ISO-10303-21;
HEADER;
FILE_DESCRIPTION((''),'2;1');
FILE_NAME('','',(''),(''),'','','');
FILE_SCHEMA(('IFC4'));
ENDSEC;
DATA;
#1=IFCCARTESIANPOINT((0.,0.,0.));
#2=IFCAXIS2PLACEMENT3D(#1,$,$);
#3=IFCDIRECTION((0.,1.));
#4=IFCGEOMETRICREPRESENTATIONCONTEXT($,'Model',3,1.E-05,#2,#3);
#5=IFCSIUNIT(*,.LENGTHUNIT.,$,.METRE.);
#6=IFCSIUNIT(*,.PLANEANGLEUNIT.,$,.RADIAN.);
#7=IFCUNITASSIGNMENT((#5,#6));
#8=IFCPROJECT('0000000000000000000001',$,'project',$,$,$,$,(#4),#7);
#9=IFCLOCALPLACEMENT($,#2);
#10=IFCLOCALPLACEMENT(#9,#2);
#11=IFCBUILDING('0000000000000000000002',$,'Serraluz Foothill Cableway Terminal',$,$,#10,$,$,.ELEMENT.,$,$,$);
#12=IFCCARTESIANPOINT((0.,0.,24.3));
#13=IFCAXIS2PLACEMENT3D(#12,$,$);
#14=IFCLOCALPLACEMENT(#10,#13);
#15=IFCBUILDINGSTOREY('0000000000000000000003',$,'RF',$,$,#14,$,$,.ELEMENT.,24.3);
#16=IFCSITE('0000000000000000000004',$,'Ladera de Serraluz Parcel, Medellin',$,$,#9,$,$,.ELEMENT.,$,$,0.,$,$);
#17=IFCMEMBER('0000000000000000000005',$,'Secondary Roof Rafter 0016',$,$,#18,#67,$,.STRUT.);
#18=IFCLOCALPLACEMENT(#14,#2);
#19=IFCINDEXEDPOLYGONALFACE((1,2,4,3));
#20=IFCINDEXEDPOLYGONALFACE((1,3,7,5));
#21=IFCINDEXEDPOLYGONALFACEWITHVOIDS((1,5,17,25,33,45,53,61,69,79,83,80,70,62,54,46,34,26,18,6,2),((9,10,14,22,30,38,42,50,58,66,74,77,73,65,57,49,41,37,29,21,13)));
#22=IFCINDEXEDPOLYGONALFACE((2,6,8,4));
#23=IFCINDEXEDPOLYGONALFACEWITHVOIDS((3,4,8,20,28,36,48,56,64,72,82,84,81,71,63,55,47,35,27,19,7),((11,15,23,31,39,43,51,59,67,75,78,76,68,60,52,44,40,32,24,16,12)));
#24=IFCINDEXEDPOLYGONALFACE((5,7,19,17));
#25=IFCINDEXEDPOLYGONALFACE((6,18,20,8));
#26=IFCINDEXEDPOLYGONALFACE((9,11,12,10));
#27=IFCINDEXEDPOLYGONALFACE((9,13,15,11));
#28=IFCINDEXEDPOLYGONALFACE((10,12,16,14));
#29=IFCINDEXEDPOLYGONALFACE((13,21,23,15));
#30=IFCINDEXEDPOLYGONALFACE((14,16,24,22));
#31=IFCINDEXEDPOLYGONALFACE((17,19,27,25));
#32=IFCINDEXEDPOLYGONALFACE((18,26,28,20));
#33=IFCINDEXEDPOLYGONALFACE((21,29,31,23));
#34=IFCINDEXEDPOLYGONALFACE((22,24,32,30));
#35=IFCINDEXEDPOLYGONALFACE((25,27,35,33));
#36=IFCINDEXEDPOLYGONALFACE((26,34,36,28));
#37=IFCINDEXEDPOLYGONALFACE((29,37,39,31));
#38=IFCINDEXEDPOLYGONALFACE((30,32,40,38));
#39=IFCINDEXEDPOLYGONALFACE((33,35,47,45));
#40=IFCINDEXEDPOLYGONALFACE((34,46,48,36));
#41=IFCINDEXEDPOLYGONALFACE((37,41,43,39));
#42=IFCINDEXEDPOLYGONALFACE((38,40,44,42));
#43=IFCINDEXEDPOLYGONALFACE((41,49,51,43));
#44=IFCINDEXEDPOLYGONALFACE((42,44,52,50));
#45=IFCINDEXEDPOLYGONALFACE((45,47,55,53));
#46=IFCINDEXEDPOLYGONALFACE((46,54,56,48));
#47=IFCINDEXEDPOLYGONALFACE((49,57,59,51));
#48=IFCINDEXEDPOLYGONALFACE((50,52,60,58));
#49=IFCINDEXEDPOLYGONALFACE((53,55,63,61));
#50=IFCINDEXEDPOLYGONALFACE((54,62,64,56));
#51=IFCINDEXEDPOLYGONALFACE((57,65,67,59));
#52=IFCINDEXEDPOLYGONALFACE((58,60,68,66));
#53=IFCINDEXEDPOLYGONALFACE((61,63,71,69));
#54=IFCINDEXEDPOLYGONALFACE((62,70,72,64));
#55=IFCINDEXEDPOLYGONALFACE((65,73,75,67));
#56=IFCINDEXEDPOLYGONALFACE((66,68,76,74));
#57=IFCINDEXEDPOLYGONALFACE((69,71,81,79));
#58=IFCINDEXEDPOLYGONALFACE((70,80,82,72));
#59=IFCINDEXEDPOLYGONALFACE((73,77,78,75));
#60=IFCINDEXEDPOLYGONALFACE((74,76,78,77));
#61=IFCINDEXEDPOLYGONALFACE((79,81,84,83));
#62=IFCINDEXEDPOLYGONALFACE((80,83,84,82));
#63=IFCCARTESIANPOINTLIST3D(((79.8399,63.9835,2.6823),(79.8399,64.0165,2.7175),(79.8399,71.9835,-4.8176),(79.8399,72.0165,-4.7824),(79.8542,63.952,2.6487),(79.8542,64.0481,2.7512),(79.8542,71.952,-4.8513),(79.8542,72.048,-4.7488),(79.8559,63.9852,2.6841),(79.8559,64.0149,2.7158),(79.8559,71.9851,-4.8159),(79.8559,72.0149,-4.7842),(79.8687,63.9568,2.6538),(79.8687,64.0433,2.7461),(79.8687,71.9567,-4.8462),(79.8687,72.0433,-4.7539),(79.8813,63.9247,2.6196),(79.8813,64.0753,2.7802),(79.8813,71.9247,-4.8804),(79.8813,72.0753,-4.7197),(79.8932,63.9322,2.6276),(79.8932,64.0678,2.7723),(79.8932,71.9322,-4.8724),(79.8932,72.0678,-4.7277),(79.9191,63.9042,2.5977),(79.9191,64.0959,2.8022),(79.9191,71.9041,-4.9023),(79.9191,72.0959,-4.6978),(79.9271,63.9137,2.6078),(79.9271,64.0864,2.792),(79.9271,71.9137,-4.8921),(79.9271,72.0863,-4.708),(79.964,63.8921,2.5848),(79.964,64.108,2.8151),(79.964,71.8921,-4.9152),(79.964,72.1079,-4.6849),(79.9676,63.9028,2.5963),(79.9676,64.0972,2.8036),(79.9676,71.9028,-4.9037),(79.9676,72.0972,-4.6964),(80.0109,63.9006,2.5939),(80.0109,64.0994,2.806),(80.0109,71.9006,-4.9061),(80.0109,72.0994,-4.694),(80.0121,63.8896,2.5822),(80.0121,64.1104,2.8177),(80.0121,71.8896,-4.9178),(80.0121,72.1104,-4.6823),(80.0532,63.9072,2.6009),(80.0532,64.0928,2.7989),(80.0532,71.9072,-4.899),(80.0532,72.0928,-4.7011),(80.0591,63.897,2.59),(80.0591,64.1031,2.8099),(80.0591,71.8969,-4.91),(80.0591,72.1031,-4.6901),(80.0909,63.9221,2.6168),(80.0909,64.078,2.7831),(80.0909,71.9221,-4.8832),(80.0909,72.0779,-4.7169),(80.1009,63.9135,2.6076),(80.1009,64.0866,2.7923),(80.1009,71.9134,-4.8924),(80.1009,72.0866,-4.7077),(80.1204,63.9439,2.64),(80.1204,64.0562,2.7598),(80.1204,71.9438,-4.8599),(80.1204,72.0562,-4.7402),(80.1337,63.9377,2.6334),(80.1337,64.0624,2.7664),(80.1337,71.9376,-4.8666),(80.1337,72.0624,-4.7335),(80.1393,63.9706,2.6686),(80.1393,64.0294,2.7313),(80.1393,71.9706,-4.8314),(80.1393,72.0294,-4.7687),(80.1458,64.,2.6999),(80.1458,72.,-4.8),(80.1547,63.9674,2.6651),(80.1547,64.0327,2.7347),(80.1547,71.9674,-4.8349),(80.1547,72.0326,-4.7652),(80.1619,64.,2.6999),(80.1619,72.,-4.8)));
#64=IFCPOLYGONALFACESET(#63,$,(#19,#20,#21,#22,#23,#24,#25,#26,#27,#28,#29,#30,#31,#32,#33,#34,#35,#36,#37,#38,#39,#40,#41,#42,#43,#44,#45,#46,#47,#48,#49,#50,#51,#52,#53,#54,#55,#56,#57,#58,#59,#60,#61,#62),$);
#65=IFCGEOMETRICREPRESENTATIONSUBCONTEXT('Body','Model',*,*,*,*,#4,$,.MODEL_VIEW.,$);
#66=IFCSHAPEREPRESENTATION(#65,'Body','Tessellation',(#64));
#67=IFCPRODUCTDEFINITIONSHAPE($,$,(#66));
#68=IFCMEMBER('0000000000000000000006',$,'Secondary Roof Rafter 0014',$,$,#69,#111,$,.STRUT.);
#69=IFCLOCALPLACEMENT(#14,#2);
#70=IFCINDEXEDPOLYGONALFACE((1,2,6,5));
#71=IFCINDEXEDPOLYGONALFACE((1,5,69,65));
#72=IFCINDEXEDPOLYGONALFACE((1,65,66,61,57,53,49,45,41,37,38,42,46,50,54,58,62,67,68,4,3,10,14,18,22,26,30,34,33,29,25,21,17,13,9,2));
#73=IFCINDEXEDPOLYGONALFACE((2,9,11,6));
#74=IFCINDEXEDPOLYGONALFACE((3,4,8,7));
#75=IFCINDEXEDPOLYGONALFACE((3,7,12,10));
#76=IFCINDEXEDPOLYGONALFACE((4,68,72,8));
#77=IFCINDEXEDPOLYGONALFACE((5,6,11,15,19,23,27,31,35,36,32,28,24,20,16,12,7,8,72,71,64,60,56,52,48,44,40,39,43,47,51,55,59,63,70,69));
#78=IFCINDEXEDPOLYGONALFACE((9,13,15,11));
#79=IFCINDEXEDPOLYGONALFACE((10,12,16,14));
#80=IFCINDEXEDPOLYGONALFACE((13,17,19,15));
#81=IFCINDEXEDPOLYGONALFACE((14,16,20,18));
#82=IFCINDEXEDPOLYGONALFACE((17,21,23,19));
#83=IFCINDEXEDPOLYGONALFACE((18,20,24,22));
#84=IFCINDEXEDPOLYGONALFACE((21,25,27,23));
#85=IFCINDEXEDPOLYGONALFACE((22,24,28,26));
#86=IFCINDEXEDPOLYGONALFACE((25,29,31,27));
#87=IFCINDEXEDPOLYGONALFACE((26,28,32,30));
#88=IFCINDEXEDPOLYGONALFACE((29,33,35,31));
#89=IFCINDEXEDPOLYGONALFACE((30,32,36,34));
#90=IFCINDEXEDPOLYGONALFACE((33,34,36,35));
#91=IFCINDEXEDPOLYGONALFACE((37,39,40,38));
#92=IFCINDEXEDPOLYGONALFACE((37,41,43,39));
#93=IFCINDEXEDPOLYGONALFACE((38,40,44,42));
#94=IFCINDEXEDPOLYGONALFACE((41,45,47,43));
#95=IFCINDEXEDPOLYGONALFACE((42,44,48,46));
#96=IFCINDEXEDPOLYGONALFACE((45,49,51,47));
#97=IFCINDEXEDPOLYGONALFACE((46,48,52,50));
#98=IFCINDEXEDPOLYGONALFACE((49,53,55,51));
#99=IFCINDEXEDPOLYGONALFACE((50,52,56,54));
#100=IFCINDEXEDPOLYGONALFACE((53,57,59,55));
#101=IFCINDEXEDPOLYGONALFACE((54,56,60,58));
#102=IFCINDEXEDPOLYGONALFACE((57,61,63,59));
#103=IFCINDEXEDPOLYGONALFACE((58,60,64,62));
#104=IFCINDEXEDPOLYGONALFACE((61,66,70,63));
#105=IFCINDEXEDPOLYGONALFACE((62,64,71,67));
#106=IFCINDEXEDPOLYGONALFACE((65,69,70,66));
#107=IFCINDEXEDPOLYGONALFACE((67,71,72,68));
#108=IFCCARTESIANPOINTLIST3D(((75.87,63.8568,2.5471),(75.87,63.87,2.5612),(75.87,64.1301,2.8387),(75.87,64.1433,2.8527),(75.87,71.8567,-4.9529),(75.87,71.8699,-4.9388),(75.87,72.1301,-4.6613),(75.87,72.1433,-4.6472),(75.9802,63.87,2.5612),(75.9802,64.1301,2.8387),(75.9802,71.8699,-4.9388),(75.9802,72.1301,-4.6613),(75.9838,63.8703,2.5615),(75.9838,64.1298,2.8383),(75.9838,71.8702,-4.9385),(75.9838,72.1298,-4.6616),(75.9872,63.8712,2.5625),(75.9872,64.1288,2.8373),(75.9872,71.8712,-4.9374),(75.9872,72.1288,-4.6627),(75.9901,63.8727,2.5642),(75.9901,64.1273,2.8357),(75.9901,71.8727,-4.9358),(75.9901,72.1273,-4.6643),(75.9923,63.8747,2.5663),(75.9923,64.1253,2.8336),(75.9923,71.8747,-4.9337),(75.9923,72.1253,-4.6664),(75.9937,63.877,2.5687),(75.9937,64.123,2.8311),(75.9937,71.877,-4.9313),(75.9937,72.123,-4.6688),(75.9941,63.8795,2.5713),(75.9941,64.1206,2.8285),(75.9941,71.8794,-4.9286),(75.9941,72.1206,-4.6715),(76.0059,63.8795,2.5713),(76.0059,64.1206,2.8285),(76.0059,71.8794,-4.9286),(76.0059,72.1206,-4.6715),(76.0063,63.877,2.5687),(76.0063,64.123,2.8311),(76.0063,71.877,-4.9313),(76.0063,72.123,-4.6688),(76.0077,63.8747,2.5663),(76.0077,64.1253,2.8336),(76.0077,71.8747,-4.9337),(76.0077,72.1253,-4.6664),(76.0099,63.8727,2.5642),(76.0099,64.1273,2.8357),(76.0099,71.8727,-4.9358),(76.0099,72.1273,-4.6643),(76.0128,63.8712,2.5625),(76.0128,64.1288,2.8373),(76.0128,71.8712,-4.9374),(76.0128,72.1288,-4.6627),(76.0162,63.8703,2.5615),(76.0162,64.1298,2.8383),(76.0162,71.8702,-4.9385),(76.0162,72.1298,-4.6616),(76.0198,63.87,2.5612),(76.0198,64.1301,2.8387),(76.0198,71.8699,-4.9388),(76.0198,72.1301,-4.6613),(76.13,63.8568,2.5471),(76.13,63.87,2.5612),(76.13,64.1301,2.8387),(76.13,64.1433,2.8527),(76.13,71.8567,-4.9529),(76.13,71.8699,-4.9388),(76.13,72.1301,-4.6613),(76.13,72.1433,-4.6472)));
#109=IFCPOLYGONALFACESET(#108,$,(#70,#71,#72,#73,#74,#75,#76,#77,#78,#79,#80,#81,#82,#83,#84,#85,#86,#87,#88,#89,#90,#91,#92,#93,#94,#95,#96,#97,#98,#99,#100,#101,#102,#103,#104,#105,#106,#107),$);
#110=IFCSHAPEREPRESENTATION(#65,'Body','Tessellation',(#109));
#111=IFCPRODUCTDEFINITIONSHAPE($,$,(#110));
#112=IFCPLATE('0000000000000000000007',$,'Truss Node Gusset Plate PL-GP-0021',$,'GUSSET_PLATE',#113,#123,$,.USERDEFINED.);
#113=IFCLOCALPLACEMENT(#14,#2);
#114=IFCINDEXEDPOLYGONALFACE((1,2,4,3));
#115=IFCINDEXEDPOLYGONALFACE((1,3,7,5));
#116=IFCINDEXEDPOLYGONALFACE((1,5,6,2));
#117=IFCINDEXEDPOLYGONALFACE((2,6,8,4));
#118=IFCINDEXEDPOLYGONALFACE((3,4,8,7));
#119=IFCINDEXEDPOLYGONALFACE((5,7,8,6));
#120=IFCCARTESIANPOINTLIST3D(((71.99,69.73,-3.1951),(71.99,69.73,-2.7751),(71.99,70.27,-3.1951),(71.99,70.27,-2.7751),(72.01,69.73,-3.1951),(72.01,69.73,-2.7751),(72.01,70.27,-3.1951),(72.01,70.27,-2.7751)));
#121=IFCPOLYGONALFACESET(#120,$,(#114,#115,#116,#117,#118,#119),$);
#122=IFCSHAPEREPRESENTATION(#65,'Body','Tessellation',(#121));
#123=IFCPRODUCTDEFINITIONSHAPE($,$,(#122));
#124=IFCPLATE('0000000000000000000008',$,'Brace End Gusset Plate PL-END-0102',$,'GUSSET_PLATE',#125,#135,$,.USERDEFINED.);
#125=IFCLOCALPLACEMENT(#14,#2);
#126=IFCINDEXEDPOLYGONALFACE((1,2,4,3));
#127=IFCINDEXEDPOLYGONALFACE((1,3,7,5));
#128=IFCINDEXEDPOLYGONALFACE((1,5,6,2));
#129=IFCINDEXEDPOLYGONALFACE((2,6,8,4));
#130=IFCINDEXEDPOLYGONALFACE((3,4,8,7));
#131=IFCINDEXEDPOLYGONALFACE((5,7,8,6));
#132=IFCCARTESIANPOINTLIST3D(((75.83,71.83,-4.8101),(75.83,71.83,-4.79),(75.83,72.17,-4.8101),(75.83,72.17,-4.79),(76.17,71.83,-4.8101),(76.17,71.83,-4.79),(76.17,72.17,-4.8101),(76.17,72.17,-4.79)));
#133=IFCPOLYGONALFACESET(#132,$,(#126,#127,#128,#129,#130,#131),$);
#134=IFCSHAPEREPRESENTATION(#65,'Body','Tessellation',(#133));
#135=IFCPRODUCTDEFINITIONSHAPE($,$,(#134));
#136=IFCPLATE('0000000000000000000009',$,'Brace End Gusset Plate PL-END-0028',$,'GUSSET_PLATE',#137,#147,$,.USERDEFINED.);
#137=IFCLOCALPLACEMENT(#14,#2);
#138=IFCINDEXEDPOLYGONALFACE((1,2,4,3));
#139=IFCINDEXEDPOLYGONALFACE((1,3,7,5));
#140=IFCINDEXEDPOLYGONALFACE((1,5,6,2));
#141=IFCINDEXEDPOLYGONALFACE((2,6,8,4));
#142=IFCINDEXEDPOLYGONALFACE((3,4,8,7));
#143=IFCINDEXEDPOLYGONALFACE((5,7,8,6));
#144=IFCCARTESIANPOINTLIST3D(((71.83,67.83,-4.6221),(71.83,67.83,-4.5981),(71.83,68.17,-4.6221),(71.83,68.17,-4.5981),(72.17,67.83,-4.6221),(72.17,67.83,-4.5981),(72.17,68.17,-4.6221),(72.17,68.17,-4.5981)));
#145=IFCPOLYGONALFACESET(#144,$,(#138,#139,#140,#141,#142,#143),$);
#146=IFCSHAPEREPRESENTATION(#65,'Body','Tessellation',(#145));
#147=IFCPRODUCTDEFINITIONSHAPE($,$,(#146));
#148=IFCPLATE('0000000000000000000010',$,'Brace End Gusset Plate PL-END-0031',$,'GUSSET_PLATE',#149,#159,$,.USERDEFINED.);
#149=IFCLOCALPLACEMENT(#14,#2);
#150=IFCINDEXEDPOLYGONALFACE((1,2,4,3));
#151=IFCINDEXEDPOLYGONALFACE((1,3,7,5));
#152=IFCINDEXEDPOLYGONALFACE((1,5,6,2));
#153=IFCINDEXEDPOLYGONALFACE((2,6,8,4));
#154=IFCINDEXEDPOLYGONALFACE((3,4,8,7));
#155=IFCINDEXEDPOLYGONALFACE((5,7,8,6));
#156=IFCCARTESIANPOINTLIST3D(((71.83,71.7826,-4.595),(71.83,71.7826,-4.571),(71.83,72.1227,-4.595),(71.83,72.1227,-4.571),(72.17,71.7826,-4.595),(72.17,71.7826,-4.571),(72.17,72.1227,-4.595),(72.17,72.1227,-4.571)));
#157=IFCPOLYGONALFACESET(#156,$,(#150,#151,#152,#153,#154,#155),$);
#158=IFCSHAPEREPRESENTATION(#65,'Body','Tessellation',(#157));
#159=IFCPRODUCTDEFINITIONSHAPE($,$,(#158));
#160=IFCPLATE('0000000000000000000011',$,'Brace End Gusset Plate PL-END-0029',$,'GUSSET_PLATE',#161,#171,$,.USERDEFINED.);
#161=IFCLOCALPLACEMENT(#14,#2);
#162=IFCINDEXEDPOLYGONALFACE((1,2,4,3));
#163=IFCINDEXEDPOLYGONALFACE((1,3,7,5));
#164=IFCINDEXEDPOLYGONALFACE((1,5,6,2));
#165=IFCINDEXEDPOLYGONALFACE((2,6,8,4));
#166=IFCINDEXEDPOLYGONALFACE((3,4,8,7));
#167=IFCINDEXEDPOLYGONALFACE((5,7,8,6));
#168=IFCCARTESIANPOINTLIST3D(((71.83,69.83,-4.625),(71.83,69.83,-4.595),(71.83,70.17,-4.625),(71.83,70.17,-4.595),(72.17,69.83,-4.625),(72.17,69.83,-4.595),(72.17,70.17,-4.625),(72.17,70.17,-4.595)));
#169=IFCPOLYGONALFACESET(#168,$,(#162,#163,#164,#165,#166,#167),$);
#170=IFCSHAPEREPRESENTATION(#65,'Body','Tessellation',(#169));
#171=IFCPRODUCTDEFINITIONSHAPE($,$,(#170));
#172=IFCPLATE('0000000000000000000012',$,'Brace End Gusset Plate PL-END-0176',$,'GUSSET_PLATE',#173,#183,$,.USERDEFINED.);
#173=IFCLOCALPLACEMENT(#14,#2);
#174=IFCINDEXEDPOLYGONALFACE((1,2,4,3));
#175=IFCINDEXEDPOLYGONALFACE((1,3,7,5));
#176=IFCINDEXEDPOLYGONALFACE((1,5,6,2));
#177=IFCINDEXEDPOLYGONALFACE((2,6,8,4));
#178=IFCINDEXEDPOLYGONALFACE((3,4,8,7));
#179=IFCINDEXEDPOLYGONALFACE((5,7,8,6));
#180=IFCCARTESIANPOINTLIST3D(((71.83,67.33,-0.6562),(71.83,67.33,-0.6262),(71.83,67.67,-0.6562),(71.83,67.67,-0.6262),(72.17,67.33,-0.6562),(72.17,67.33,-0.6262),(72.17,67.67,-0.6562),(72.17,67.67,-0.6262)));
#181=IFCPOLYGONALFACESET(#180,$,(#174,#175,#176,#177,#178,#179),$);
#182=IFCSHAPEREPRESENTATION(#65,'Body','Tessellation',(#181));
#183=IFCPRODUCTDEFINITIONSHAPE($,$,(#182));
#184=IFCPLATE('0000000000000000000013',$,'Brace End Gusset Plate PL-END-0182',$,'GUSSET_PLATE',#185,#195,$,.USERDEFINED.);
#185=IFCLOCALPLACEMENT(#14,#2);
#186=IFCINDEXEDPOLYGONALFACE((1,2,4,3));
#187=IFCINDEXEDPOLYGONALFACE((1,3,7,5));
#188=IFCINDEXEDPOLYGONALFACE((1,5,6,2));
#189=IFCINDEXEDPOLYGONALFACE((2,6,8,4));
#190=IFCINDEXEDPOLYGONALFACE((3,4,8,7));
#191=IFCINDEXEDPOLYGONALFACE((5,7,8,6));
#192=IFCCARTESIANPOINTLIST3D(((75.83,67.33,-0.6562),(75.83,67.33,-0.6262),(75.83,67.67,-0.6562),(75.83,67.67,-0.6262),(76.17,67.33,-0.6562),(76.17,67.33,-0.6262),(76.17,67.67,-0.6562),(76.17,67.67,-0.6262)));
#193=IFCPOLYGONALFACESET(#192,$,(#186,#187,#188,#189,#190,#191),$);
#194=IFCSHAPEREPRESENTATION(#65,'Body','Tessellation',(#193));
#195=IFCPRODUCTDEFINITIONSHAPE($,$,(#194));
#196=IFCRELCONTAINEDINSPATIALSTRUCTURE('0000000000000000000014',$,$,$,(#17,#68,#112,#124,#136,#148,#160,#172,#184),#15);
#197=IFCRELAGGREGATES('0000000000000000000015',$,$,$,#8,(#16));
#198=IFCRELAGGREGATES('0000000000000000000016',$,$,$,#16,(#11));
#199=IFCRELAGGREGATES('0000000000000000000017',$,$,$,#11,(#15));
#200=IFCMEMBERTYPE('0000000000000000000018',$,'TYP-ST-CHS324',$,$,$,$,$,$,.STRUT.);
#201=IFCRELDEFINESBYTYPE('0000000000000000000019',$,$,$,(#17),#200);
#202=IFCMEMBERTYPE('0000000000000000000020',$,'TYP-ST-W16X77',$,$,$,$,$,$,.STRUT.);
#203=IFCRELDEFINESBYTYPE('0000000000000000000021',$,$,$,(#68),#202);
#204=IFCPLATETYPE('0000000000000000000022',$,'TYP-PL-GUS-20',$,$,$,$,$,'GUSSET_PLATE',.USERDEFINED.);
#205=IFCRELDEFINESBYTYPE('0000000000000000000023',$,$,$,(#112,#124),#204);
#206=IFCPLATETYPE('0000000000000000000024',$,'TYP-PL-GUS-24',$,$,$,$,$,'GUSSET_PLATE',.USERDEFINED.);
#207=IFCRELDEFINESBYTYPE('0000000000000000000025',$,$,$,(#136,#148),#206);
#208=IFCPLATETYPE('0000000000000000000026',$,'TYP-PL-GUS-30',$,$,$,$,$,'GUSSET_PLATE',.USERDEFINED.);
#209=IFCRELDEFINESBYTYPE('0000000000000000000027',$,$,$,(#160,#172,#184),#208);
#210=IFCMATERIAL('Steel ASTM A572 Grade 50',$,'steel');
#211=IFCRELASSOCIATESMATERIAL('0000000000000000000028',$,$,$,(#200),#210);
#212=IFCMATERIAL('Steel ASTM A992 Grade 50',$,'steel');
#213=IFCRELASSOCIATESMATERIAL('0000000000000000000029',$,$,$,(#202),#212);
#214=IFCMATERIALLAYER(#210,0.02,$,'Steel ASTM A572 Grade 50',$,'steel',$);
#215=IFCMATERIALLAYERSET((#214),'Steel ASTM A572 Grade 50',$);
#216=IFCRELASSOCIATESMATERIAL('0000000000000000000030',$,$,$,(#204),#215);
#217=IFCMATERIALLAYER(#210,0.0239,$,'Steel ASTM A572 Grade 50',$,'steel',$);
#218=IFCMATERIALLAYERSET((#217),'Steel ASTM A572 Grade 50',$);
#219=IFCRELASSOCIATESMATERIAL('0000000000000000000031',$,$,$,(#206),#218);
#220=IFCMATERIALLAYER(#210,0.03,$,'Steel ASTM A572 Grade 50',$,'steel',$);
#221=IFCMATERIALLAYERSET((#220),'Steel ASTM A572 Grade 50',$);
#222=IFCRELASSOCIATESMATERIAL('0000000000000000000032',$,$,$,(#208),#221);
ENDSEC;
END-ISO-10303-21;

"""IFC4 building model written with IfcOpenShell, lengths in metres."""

from ifc_helpers import new_model, si_unit, direction, frame, origin, origin_2d, place, context, subcontext, project, spatial, rectangle, hollow_circle, i_section, extrude, material, layer, layer_set, material_profile, profile_set, type_object, element, save


model = new_model("IFC4")

# Units and contexts
model_context = context("Model", 3, precision=1e-05, world=origin(), true_north=direction((0.0, 1.0)))
body_context = subcontext(model_context, "Body", "Model", "MODEL_VIEW")
ifc_project = project(units=[si_unit("LENGTHUNIT", "METRE"), si_unit("PLANEANGLEUNIT", "RADIAN")], contexts=[model_context])

# Site, building, storey
site_placement = place(None, origin())
site = spatial("IfcSite", under=ifc_project, at=site_placement, Name="Ladera de Serraluz Parcel, Medellin", CompositionType="ELEMENT", RefElevation=0.0)
building_placement = place(site_placement, origin())
building = spatial("IfcBuilding", under=site, at=building_placement, Name="Serraluz Foothill Cableway Terminal", CompositionType="ELEMENT")
storey_placement = place(building_placement, frame((0.0, 0.0, 24.3)))
storey = spatial("IfcBuildingStorey", under=building, at=storey_placement, Name="RF", CompositionType="ELEMENT", Elevation=24.3)

# Members
ifc_material_1 = material(Name="Steel ASTM A572 Grade 50", Category="steel")
ifc_material_2 = material(Name="Steel ASTM A992 Grade 50", Category="steel")
ifc_material_profile_1 = material_profile(ifc_material_1, hollow_circle(Radius=0.1619, WallThickness=0.0161, at=origin_2d()), Name="CHS324X16")
ifc_profile_set_1 = profile_set([ifc_material_profile_1], Name="Steel ASTM A572 Grade 50")
member_type_1 = type_object("IfcMemberType", Name="TYP-ST-CHS324", PredefinedType="STRUT", material=ifc_profile_set_1)
member_1_placement = place(storey_placement, frame((80.0, 72.0, -4.8), z_axis=(0.0, -0.729537, 0.683941), x_axis=(1.0, 0.0, 0.0)))
element("IfcMember", 1, at=member_1_placement, inside=storey, type_object=member_type_1, Name="Secondary Roof Rafter 0016", PredefinedType="STRUT", context=body_context, shape_type="SweptSolid", body=[
    extrude(hollow_circle(Radius=0.1619, WallThickness=0.0161, at=origin_2d()), origin(), (0.0, 0.0, 1.0), 10.9658),
])
ifc_material_profile_2 = material_profile(ifc_material_2, i_section(OverallWidth=0.26, OverallDepth=0.4189, WebThickness=0.0117, FlangeThickness=0.0193, FilletRadius=0.0139, at=origin_2d()), Name="W16X77")
ifc_profile_set_2 = profile_set([ifc_material_profile_2], Name="Steel ASTM A992 Grade 50")
member_type_2 = type_object("IfcMemberType", Name="TYP-ST-W16X77", PredefinedType="STRUT", material=ifc_profile_set_2)
member_2_placement = place(storey_placement, frame((76.0, 72.0, -4.8), z_axis=(0.0, -0.729537, 0.683941), x_axis=(1.0, 0.0, 0.0)))
element("IfcMember", 2, at=member_2_placement, inside=storey, type_object=member_type_2, Name="Secondary Roof Rafter 0014", PredefinedType="STRUT", context=body_context, shape_type="SweptSolid", body=[
    extrude(i_section(OverallWidth=0.26, OverallDepth=0.4189, WebThickness=0.0117, FlangeThickness=0.0193, FilletRadius=0.0139, at=origin_2d()), origin(), (0.0, 0.0, 1.0), 10.9658),
])

# Plates
ifc_layer_1 = layer(ifc_material_1, 0.02, Name="Steel ASTM A572 Grade 50", Category="steel")
ifc_layer_set_1 = layer_set([ifc_layer_1], Name="Steel ASTM A572 Grade 50")
plate_type_1 = type_object("IfcPlateType", Name="TYP-PL-GUS-20", ElementType="GUSSET_PLATE", PredefinedType="USERDEFINED", material=ifc_layer_set_1)
plate_1_placement = place(storey_placement, frame((72.0, 70.0, -3.1951), z_axis=(0.0, 0.0, 1.0), x_axis=(1.0, 0.0, 0.0)))
element("IfcPlate", 3, at=plate_1_placement, inside=storey, type_object=plate_type_1, Name="Truss Node Gusset Plate PL-GP-0021", ObjectType="GUSSET_PLATE", PredefinedType="USERDEFINED", context=body_context, shape_type="SweptSolid", body=[
    extrude(rectangle(XDim=0.02, YDim=0.54, at=origin_2d()), origin(), (0.0, 0.0, 1.0), 0.4199),
])
plate_2_placement = place(storey_placement, frame((76.0, 72.0, -4.8101), z_axis=(0.0, 0.0, 1.0), x_axis=(1.0, 0.0, 0.0)))
element("IfcPlate", 4, at=plate_2_placement, inside=storey, type_object=plate_type_1, Name="Brace End Gusset Plate PL-END-0102", ObjectType="GUSSET_PLATE", PredefinedType="USERDEFINED", context=body_context, shape_type="SweptSolid", body=[
    extrude(rectangle(XDim=0.3401, YDim=0.3401, at=origin_2d()), origin(), (0.0, 0.0, 1.0), 0.02),
])
ifc_layer_2 = layer(ifc_material_1, 0.0239, Name="Steel ASTM A572 Grade 50", Category="steel")
ifc_layer_set_2 = layer_set([ifc_layer_2], Name="Steel ASTM A572 Grade 50")
plate_type_2 = type_object("IfcPlateType", Name="TYP-PL-GUS-24", ElementType="GUSSET_PLATE", PredefinedType="USERDEFINED", material=ifc_layer_set_2)
for number, where, z_axis, x_axis, name in (
    (5, (72.0, 68.0, -4.6221), (0.0, 0.0, 1.0), (1.0, 0.0, 0.0), "Brace End Gusset Plate PL-END-0028"),
    (6, (72.0, 71.9526, -4.595), (0.0, 0.0, 1.0), (1.0, 0.0, 0.0), "Brace End Gusset Plate PL-END-0031"),
):
    element("IfcPlate", number, at=place(storey_placement, frame(where, z_axis=z_axis, x_axis=x_axis)), inside=storey, type_object=plate_type_2, Name=name, ObjectType="GUSSET_PLATE", PredefinedType="USERDEFINED", context=body_context, shape_type="SweptSolid", body=[
        extrude(rectangle(XDim=0.3401, YDim=0.3401, at=origin_2d()), origin(), (0.0, 0.0, 1.0), 0.0239),
    ])
ifc_layer_3 = layer(ifc_material_1, 0.03, Name="Steel ASTM A572 Grade 50", Category="steel")
ifc_layer_set_3 = layer_set([ifc_layer_3], Name="Steel ASTM A572 Grade 50")
plate_type_3 = type_object("IfcPlateType", Name="TYP-PL-GUS-30", ElementType="GUSSET_PLATE", PredefinedType="USERDEFINED", material=ifc_layer_set_3)
for number, where, z_axis, x_axis, name in (
    (7, (72.0, 70.0, -4.625), (0.0, 0.0, 1.0), (1.0, 0.0, 0.0), "Brace End Gusset Plate PL-END-0029"),
    (8, (72.0, 67.5, -0.6562), (0.0, 0.0, 1.0), (1.0, 0.0, 0.0), "Brace End Gusset Plate PL-END-0176"),
    (9, (76.0, 67.5, -0.6562), (0.0, 0.0, 1.0), (1.0, 0.0, 0.0), "Brace End Gusset Plate PL-END-0182"),
):
    element("IfcPlate", number, at=place(storey_placement, frame(where, z_axis=z_axis, x_axis=x_axis)), inside=storey, type_object=plate_type_3, Name=name, ObjectType="GUSSET_PLATE", PredefinedType="USERDEFINED", context=body_context, shape_type="SweptSolid", body=[
        extrude(rectangle(XDim=0.3401, YDim=0.3401, at=origin_2d()), origin(), (0.0, 0.0, 1.0), 0.03),
    ])

save(model, "model.ifc")
